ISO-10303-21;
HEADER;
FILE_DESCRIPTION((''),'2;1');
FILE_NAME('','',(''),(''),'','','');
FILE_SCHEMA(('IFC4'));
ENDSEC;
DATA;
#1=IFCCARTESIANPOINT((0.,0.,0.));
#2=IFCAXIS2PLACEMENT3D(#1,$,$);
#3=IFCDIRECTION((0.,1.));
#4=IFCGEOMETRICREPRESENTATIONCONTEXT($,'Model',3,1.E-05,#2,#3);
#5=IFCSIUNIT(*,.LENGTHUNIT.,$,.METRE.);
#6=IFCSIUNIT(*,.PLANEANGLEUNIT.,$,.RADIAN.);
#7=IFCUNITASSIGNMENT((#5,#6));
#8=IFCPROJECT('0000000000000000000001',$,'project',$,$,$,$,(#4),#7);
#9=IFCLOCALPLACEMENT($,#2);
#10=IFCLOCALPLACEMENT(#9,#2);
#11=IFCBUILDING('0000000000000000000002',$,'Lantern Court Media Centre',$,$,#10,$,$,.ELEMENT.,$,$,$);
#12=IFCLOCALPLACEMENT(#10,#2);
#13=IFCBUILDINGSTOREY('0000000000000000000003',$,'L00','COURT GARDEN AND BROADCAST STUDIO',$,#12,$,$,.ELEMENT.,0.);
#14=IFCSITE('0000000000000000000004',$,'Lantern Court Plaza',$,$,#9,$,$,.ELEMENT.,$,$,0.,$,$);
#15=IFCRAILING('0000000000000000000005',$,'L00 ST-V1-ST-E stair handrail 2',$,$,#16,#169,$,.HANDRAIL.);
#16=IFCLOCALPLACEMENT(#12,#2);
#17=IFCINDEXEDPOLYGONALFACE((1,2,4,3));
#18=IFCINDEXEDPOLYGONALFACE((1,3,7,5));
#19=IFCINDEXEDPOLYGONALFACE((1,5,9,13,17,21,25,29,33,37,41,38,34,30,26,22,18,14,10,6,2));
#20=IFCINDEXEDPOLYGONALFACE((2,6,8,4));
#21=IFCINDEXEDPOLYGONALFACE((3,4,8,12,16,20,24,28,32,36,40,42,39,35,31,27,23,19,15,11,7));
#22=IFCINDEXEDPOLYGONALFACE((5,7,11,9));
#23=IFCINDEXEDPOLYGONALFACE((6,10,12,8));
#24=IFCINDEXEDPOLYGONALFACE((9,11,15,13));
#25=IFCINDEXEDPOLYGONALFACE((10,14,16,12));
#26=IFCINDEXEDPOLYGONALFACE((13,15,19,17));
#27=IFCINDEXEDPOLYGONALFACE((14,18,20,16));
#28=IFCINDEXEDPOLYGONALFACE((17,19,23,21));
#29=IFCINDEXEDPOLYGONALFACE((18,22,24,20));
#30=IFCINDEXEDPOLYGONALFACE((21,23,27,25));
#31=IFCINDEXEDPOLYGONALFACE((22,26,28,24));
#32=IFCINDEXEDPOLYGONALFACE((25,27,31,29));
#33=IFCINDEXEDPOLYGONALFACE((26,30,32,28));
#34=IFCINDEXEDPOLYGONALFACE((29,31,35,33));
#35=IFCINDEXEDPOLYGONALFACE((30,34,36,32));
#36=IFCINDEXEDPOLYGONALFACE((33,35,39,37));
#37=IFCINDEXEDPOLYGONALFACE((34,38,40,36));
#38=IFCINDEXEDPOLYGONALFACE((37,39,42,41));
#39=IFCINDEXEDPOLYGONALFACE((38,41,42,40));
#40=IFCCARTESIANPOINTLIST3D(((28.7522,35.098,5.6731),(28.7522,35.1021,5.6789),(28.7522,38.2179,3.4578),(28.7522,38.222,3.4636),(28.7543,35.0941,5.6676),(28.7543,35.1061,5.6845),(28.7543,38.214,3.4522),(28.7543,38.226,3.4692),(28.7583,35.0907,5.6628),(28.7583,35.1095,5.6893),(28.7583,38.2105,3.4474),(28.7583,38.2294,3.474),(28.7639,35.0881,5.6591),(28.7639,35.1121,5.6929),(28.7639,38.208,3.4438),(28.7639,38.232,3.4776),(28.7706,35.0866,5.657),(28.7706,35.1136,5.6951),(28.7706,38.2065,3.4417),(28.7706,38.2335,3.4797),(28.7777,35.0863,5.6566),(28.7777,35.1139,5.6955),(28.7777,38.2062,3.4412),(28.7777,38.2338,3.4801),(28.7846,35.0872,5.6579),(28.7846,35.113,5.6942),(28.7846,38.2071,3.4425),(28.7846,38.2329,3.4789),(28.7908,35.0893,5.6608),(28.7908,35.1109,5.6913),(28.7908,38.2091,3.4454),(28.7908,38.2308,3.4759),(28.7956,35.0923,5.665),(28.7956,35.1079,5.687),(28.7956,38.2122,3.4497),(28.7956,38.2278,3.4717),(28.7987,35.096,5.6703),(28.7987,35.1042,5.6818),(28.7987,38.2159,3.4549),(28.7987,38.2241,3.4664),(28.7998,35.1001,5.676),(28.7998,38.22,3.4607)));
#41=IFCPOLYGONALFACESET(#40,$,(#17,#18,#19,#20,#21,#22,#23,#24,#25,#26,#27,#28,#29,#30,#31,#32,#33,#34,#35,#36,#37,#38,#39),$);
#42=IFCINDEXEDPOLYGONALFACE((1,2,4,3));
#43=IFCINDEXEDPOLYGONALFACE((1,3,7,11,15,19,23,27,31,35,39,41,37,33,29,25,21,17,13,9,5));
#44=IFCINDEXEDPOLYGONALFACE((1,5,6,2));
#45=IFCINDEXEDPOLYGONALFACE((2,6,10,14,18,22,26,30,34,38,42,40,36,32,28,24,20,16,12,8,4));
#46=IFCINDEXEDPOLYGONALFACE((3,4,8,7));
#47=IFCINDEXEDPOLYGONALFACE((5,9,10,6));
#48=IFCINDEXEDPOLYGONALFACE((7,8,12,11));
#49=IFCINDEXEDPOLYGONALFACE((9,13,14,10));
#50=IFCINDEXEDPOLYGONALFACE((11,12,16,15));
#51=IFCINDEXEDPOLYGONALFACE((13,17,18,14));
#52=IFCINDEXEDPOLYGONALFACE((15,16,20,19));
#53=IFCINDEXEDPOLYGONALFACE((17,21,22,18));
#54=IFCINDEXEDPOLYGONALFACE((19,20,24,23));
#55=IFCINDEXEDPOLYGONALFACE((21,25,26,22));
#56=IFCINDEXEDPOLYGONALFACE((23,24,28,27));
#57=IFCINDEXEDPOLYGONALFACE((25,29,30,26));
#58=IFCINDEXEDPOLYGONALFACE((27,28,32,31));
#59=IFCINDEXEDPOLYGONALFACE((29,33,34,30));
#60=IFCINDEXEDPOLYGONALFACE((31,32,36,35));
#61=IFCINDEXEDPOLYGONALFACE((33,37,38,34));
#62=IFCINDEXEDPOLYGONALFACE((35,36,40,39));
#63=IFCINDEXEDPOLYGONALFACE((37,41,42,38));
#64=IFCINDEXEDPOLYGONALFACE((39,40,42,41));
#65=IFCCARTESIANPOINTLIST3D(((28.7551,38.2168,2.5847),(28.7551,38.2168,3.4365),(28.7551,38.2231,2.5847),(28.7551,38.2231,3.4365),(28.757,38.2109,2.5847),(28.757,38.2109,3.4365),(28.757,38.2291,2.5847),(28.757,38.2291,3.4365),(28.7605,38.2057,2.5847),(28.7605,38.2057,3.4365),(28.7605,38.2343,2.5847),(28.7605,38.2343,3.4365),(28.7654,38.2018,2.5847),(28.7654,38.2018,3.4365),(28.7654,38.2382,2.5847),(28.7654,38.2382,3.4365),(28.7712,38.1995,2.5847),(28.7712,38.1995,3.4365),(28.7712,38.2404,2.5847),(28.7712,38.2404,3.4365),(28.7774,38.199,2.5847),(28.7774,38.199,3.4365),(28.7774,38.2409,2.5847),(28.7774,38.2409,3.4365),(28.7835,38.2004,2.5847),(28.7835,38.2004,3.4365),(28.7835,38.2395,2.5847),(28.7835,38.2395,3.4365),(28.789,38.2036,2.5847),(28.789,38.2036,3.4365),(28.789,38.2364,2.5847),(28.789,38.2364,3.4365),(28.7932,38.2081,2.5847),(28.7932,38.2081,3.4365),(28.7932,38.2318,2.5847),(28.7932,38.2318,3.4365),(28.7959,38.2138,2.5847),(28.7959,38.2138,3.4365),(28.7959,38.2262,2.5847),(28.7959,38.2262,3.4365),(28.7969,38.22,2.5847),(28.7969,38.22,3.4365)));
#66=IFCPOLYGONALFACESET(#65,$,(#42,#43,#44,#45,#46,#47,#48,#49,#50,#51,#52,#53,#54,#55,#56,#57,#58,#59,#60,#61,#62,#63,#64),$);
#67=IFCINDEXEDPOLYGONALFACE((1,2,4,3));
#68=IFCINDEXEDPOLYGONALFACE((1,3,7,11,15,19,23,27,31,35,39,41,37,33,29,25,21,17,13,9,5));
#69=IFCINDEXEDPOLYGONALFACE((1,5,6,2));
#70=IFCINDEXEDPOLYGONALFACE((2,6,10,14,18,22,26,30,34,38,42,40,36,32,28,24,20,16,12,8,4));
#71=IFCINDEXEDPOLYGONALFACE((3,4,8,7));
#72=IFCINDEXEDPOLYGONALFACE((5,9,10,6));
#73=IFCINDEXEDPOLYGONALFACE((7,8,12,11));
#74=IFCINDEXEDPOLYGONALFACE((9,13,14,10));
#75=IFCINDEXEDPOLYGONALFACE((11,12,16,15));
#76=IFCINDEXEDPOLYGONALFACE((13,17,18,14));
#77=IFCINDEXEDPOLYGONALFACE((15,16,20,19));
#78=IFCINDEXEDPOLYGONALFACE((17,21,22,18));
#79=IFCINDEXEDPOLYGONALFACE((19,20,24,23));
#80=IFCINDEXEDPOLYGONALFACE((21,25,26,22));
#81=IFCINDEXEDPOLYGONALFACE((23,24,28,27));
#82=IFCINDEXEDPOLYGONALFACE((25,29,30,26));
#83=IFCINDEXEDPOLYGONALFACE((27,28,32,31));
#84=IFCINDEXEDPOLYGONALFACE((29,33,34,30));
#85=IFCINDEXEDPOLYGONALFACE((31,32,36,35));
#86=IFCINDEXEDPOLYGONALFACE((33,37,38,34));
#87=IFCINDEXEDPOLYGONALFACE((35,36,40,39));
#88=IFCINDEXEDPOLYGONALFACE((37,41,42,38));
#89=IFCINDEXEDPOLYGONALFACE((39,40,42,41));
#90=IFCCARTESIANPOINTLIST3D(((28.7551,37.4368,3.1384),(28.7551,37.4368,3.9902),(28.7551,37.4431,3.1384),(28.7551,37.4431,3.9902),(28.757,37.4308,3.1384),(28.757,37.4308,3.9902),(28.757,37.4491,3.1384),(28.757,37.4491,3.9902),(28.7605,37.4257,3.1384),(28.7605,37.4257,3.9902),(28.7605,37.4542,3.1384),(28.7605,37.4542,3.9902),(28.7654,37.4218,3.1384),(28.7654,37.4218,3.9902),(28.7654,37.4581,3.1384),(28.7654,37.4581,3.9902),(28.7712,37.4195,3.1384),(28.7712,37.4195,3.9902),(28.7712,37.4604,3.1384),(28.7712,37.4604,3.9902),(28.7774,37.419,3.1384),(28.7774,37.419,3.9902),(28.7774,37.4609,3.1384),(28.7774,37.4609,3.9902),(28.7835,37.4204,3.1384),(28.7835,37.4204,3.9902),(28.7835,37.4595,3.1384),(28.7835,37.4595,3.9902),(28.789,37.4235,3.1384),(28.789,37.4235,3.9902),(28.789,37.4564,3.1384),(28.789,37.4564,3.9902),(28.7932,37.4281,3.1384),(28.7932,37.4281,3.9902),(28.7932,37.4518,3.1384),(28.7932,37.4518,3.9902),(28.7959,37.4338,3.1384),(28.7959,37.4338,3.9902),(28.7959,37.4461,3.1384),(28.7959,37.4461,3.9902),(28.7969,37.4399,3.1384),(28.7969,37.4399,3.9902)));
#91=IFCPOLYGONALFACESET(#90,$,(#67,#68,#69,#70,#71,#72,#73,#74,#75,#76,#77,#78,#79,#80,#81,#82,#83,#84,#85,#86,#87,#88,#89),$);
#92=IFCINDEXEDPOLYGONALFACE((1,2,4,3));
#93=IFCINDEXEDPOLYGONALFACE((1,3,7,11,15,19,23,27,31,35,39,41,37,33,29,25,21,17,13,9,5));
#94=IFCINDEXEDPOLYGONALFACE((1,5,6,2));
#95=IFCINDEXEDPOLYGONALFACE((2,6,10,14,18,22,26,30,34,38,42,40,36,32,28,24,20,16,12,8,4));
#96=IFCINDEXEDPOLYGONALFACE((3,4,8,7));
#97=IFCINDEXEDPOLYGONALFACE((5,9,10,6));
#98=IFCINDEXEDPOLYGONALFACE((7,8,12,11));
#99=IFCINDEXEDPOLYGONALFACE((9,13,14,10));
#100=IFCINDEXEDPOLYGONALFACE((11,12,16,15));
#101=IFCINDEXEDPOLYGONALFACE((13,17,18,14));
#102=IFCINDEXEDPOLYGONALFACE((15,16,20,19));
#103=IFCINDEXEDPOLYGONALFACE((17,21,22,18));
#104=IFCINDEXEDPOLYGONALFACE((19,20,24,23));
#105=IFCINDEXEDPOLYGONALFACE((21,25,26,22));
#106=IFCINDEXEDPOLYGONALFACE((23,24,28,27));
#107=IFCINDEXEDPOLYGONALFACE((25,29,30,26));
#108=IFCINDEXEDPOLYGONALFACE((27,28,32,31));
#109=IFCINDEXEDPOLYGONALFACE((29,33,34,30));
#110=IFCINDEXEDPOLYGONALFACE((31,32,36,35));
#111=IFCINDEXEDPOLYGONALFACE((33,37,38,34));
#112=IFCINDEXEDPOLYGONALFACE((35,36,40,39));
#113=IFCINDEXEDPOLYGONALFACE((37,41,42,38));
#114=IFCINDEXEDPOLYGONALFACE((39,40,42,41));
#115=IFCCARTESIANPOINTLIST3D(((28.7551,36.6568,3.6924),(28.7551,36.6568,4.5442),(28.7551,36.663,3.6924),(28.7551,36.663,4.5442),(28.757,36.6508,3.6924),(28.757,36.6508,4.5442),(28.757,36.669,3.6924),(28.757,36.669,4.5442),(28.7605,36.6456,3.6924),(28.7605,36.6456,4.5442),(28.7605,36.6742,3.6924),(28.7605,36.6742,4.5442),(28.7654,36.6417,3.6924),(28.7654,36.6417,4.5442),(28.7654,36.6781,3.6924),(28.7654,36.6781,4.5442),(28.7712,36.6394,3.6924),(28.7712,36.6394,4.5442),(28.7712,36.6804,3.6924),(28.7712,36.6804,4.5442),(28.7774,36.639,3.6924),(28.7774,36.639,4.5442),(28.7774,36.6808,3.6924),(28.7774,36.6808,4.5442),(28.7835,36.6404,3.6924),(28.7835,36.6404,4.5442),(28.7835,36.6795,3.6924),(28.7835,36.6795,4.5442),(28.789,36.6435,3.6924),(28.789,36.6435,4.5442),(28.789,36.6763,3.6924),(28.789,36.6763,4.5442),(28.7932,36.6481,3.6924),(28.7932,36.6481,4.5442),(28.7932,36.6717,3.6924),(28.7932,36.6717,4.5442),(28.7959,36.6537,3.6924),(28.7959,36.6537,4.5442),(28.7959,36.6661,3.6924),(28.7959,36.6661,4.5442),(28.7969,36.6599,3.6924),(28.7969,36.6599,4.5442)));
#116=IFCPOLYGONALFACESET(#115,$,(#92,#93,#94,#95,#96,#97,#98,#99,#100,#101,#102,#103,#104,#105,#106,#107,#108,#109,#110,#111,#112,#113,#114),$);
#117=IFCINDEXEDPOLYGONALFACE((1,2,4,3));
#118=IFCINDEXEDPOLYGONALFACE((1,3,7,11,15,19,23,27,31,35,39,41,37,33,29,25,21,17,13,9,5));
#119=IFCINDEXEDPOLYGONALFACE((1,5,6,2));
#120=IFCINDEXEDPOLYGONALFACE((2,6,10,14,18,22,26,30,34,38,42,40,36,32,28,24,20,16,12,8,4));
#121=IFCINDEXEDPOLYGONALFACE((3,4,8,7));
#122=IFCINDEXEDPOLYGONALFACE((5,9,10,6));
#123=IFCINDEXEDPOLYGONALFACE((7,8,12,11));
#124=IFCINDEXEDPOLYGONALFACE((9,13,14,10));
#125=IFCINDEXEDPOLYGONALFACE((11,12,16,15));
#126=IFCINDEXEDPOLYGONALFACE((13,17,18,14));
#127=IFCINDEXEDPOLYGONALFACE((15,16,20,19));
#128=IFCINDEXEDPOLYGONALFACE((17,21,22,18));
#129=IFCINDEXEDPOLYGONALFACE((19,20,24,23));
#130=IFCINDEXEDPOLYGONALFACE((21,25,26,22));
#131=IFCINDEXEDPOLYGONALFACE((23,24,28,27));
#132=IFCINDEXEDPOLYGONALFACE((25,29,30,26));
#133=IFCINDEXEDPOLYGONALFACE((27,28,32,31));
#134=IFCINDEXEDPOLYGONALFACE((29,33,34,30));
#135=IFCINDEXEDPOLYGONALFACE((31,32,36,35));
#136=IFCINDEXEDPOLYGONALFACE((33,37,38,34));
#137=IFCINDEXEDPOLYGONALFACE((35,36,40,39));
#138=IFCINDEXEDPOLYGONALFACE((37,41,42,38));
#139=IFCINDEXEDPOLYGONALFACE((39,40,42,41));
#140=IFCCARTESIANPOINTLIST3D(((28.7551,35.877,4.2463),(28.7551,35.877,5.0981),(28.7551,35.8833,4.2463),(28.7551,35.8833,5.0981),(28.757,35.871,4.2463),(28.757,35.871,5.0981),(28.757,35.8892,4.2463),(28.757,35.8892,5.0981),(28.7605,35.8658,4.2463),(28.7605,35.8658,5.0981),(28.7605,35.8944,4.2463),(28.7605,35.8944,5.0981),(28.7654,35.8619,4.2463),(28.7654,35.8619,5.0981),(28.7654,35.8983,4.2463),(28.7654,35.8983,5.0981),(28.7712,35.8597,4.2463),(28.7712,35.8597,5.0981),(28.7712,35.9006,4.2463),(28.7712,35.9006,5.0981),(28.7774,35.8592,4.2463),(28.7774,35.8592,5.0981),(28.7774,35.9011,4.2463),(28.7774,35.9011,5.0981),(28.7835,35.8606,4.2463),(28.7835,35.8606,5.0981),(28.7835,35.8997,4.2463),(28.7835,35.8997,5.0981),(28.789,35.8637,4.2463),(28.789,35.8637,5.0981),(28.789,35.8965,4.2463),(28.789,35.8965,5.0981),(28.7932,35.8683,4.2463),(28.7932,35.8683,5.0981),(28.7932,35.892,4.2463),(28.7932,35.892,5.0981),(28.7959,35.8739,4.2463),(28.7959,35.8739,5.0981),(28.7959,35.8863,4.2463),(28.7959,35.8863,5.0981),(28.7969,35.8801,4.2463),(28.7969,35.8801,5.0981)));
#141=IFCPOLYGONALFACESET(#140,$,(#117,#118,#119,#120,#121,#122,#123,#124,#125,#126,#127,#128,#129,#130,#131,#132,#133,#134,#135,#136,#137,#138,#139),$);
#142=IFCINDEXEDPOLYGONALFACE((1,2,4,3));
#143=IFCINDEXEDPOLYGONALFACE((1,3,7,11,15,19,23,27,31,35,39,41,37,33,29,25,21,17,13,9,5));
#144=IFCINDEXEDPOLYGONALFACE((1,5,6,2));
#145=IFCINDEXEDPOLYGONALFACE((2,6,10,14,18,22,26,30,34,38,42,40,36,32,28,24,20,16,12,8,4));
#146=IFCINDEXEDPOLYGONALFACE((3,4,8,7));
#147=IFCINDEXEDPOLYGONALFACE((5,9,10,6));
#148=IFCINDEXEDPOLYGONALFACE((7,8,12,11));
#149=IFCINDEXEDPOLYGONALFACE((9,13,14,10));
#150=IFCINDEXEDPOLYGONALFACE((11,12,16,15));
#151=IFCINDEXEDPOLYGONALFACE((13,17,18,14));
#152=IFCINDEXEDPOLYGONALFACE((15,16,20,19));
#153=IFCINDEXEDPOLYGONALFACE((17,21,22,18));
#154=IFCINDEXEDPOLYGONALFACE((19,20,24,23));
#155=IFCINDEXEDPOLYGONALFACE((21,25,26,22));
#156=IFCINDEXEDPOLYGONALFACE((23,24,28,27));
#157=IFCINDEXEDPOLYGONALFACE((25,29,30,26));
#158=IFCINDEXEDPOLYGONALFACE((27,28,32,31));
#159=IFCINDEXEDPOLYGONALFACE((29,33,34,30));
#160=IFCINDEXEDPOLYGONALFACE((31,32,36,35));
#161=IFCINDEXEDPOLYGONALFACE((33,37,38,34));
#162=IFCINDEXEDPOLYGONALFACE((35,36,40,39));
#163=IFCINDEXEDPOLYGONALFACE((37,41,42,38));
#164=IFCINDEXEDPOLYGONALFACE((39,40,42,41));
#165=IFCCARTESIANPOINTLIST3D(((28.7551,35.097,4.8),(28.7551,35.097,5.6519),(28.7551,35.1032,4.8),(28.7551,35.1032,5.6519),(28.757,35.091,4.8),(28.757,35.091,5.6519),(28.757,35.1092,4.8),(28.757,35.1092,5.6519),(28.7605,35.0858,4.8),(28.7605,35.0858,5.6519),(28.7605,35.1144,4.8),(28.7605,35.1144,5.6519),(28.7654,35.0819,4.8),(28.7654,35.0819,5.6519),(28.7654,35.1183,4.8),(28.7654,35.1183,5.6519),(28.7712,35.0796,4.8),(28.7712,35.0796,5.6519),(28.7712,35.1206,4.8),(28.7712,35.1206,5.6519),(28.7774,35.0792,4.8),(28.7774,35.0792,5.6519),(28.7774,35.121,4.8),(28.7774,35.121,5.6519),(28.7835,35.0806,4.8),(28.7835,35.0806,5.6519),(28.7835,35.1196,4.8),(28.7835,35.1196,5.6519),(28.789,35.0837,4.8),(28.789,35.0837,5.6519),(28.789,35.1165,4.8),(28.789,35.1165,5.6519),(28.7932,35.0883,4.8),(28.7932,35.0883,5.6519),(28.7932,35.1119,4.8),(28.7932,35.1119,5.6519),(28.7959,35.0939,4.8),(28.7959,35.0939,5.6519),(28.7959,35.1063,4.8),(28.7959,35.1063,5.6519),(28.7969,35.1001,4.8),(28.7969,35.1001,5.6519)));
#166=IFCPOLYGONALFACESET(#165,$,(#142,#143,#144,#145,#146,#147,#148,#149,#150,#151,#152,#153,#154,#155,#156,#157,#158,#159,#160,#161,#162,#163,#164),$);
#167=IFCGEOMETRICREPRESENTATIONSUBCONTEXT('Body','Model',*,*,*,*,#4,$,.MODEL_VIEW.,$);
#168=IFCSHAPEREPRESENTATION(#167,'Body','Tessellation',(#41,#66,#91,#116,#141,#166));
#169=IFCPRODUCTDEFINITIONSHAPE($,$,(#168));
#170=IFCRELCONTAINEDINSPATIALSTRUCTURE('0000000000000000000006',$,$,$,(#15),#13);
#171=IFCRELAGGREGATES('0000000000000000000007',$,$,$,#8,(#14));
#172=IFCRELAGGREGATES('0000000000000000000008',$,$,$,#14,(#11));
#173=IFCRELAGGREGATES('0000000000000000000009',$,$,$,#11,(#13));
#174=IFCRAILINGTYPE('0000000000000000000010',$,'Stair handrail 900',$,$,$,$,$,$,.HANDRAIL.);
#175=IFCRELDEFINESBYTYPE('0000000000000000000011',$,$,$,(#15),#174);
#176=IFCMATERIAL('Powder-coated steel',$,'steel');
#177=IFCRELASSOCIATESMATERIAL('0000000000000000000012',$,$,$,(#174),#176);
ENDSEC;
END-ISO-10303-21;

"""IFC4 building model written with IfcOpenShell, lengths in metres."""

from ifc_helpers import new_model, si_unit, direction, frame, origin, origin_2d, place, context, subcontext, project, spatial, circle, extrude, material, type_object, element, save


model = new_model("IFC4")

# Units and contexts
model_context = context("Model", 3, precision=1e-05, world=origin(), true_north=direction((0.0, 1.0)))
body_context = subcontext(model_context, "Body", "Model", "MODEL_VIEW")
ifc_project = project(units=[si_unit("LENGTHUNIT", "METRE"), si_unit("PLANEANGLEUNIT", "RADIAN")], contexts=[model_context])

# Site, building, storey
site_placement = place(None, origin())
site = spatial("IfcSite", under=ifc_project, at=site_placement, Name="Lantern Court Plaza", CompositionType="ELEMENT", RefElevation=0.0)
building_placement = place(site_placement, origin())
building = spatial("IfcBuilding", under=site, at=building_placement, Name="Lantern Court Media Centre", CompositionType="ELEMENT")
storey_placement = place(building_placement, origin())
storey = spatial("IfcBuildingStorey", under=building, at=storey_placement, Name="L00", Description="COURT GARDEN AND BROADCAST STUDIO", CompositionType="ELEMENT", Elevation=0.0)

# Railing
ifc_material_1 = material(Name="Powder-coated steel", Category="steel")
railing_type_1 = type_object("IfcRailingType", Name="Stair handrail 900", PredefinedType="HANDRAIL", material=ifc_material_1)
railing_1_placement = place(storey_placement, frame((28.7759, 38.22, 2.5847)))
element("IfcRailing", 1, at=railing_1_placement, inside=storey, type_object=railing_type_1, Name="L00 ST-V1-ST-E stair handrail 2", PredefinedType="HANDRAIL", context=body_context, shape_type="SweptSolid", body=[
    extrude(circle(Radius=0.0239, at=origin_2d()), frame((0.0, 0.0, 0.876), z_axis=(0.0, -0.815356, 0.578961), x_axis=(1.0, 0.0, 0.0)), (0.0, 0.0, 1.0), 3.8264),
    extrude(circle(Radius=0.021, at=origin_2d()), origin(), (0.0, 0.0, 1.0), 0.8518),
    extrude(circle(Radius=0.021, at=origin_2d()), frame((0.0, -0.78, 0.5537)), (0.0, 0.0, 1.0), 0.8518),
    extrude(circle(Radius=0.021, at=origin_2d()), frame((0.0, -1.5601, 1.1077)), (0.0, 0.0, 1.0), 0.8518),
    extrude(circle(Radius=0.021, at=origin_2d()), frame((0.0, -2.3398, 1.6616)), (0.0, 0.0, 1.0), 0.8518),
    extrude(circle(Radius=0.021, at=origin_2d()), frame((0.0, -3.1199, 2.2153)), (0.0, 0.0, 1.0), 0.8518),
])

save(model, "model.ifc")
